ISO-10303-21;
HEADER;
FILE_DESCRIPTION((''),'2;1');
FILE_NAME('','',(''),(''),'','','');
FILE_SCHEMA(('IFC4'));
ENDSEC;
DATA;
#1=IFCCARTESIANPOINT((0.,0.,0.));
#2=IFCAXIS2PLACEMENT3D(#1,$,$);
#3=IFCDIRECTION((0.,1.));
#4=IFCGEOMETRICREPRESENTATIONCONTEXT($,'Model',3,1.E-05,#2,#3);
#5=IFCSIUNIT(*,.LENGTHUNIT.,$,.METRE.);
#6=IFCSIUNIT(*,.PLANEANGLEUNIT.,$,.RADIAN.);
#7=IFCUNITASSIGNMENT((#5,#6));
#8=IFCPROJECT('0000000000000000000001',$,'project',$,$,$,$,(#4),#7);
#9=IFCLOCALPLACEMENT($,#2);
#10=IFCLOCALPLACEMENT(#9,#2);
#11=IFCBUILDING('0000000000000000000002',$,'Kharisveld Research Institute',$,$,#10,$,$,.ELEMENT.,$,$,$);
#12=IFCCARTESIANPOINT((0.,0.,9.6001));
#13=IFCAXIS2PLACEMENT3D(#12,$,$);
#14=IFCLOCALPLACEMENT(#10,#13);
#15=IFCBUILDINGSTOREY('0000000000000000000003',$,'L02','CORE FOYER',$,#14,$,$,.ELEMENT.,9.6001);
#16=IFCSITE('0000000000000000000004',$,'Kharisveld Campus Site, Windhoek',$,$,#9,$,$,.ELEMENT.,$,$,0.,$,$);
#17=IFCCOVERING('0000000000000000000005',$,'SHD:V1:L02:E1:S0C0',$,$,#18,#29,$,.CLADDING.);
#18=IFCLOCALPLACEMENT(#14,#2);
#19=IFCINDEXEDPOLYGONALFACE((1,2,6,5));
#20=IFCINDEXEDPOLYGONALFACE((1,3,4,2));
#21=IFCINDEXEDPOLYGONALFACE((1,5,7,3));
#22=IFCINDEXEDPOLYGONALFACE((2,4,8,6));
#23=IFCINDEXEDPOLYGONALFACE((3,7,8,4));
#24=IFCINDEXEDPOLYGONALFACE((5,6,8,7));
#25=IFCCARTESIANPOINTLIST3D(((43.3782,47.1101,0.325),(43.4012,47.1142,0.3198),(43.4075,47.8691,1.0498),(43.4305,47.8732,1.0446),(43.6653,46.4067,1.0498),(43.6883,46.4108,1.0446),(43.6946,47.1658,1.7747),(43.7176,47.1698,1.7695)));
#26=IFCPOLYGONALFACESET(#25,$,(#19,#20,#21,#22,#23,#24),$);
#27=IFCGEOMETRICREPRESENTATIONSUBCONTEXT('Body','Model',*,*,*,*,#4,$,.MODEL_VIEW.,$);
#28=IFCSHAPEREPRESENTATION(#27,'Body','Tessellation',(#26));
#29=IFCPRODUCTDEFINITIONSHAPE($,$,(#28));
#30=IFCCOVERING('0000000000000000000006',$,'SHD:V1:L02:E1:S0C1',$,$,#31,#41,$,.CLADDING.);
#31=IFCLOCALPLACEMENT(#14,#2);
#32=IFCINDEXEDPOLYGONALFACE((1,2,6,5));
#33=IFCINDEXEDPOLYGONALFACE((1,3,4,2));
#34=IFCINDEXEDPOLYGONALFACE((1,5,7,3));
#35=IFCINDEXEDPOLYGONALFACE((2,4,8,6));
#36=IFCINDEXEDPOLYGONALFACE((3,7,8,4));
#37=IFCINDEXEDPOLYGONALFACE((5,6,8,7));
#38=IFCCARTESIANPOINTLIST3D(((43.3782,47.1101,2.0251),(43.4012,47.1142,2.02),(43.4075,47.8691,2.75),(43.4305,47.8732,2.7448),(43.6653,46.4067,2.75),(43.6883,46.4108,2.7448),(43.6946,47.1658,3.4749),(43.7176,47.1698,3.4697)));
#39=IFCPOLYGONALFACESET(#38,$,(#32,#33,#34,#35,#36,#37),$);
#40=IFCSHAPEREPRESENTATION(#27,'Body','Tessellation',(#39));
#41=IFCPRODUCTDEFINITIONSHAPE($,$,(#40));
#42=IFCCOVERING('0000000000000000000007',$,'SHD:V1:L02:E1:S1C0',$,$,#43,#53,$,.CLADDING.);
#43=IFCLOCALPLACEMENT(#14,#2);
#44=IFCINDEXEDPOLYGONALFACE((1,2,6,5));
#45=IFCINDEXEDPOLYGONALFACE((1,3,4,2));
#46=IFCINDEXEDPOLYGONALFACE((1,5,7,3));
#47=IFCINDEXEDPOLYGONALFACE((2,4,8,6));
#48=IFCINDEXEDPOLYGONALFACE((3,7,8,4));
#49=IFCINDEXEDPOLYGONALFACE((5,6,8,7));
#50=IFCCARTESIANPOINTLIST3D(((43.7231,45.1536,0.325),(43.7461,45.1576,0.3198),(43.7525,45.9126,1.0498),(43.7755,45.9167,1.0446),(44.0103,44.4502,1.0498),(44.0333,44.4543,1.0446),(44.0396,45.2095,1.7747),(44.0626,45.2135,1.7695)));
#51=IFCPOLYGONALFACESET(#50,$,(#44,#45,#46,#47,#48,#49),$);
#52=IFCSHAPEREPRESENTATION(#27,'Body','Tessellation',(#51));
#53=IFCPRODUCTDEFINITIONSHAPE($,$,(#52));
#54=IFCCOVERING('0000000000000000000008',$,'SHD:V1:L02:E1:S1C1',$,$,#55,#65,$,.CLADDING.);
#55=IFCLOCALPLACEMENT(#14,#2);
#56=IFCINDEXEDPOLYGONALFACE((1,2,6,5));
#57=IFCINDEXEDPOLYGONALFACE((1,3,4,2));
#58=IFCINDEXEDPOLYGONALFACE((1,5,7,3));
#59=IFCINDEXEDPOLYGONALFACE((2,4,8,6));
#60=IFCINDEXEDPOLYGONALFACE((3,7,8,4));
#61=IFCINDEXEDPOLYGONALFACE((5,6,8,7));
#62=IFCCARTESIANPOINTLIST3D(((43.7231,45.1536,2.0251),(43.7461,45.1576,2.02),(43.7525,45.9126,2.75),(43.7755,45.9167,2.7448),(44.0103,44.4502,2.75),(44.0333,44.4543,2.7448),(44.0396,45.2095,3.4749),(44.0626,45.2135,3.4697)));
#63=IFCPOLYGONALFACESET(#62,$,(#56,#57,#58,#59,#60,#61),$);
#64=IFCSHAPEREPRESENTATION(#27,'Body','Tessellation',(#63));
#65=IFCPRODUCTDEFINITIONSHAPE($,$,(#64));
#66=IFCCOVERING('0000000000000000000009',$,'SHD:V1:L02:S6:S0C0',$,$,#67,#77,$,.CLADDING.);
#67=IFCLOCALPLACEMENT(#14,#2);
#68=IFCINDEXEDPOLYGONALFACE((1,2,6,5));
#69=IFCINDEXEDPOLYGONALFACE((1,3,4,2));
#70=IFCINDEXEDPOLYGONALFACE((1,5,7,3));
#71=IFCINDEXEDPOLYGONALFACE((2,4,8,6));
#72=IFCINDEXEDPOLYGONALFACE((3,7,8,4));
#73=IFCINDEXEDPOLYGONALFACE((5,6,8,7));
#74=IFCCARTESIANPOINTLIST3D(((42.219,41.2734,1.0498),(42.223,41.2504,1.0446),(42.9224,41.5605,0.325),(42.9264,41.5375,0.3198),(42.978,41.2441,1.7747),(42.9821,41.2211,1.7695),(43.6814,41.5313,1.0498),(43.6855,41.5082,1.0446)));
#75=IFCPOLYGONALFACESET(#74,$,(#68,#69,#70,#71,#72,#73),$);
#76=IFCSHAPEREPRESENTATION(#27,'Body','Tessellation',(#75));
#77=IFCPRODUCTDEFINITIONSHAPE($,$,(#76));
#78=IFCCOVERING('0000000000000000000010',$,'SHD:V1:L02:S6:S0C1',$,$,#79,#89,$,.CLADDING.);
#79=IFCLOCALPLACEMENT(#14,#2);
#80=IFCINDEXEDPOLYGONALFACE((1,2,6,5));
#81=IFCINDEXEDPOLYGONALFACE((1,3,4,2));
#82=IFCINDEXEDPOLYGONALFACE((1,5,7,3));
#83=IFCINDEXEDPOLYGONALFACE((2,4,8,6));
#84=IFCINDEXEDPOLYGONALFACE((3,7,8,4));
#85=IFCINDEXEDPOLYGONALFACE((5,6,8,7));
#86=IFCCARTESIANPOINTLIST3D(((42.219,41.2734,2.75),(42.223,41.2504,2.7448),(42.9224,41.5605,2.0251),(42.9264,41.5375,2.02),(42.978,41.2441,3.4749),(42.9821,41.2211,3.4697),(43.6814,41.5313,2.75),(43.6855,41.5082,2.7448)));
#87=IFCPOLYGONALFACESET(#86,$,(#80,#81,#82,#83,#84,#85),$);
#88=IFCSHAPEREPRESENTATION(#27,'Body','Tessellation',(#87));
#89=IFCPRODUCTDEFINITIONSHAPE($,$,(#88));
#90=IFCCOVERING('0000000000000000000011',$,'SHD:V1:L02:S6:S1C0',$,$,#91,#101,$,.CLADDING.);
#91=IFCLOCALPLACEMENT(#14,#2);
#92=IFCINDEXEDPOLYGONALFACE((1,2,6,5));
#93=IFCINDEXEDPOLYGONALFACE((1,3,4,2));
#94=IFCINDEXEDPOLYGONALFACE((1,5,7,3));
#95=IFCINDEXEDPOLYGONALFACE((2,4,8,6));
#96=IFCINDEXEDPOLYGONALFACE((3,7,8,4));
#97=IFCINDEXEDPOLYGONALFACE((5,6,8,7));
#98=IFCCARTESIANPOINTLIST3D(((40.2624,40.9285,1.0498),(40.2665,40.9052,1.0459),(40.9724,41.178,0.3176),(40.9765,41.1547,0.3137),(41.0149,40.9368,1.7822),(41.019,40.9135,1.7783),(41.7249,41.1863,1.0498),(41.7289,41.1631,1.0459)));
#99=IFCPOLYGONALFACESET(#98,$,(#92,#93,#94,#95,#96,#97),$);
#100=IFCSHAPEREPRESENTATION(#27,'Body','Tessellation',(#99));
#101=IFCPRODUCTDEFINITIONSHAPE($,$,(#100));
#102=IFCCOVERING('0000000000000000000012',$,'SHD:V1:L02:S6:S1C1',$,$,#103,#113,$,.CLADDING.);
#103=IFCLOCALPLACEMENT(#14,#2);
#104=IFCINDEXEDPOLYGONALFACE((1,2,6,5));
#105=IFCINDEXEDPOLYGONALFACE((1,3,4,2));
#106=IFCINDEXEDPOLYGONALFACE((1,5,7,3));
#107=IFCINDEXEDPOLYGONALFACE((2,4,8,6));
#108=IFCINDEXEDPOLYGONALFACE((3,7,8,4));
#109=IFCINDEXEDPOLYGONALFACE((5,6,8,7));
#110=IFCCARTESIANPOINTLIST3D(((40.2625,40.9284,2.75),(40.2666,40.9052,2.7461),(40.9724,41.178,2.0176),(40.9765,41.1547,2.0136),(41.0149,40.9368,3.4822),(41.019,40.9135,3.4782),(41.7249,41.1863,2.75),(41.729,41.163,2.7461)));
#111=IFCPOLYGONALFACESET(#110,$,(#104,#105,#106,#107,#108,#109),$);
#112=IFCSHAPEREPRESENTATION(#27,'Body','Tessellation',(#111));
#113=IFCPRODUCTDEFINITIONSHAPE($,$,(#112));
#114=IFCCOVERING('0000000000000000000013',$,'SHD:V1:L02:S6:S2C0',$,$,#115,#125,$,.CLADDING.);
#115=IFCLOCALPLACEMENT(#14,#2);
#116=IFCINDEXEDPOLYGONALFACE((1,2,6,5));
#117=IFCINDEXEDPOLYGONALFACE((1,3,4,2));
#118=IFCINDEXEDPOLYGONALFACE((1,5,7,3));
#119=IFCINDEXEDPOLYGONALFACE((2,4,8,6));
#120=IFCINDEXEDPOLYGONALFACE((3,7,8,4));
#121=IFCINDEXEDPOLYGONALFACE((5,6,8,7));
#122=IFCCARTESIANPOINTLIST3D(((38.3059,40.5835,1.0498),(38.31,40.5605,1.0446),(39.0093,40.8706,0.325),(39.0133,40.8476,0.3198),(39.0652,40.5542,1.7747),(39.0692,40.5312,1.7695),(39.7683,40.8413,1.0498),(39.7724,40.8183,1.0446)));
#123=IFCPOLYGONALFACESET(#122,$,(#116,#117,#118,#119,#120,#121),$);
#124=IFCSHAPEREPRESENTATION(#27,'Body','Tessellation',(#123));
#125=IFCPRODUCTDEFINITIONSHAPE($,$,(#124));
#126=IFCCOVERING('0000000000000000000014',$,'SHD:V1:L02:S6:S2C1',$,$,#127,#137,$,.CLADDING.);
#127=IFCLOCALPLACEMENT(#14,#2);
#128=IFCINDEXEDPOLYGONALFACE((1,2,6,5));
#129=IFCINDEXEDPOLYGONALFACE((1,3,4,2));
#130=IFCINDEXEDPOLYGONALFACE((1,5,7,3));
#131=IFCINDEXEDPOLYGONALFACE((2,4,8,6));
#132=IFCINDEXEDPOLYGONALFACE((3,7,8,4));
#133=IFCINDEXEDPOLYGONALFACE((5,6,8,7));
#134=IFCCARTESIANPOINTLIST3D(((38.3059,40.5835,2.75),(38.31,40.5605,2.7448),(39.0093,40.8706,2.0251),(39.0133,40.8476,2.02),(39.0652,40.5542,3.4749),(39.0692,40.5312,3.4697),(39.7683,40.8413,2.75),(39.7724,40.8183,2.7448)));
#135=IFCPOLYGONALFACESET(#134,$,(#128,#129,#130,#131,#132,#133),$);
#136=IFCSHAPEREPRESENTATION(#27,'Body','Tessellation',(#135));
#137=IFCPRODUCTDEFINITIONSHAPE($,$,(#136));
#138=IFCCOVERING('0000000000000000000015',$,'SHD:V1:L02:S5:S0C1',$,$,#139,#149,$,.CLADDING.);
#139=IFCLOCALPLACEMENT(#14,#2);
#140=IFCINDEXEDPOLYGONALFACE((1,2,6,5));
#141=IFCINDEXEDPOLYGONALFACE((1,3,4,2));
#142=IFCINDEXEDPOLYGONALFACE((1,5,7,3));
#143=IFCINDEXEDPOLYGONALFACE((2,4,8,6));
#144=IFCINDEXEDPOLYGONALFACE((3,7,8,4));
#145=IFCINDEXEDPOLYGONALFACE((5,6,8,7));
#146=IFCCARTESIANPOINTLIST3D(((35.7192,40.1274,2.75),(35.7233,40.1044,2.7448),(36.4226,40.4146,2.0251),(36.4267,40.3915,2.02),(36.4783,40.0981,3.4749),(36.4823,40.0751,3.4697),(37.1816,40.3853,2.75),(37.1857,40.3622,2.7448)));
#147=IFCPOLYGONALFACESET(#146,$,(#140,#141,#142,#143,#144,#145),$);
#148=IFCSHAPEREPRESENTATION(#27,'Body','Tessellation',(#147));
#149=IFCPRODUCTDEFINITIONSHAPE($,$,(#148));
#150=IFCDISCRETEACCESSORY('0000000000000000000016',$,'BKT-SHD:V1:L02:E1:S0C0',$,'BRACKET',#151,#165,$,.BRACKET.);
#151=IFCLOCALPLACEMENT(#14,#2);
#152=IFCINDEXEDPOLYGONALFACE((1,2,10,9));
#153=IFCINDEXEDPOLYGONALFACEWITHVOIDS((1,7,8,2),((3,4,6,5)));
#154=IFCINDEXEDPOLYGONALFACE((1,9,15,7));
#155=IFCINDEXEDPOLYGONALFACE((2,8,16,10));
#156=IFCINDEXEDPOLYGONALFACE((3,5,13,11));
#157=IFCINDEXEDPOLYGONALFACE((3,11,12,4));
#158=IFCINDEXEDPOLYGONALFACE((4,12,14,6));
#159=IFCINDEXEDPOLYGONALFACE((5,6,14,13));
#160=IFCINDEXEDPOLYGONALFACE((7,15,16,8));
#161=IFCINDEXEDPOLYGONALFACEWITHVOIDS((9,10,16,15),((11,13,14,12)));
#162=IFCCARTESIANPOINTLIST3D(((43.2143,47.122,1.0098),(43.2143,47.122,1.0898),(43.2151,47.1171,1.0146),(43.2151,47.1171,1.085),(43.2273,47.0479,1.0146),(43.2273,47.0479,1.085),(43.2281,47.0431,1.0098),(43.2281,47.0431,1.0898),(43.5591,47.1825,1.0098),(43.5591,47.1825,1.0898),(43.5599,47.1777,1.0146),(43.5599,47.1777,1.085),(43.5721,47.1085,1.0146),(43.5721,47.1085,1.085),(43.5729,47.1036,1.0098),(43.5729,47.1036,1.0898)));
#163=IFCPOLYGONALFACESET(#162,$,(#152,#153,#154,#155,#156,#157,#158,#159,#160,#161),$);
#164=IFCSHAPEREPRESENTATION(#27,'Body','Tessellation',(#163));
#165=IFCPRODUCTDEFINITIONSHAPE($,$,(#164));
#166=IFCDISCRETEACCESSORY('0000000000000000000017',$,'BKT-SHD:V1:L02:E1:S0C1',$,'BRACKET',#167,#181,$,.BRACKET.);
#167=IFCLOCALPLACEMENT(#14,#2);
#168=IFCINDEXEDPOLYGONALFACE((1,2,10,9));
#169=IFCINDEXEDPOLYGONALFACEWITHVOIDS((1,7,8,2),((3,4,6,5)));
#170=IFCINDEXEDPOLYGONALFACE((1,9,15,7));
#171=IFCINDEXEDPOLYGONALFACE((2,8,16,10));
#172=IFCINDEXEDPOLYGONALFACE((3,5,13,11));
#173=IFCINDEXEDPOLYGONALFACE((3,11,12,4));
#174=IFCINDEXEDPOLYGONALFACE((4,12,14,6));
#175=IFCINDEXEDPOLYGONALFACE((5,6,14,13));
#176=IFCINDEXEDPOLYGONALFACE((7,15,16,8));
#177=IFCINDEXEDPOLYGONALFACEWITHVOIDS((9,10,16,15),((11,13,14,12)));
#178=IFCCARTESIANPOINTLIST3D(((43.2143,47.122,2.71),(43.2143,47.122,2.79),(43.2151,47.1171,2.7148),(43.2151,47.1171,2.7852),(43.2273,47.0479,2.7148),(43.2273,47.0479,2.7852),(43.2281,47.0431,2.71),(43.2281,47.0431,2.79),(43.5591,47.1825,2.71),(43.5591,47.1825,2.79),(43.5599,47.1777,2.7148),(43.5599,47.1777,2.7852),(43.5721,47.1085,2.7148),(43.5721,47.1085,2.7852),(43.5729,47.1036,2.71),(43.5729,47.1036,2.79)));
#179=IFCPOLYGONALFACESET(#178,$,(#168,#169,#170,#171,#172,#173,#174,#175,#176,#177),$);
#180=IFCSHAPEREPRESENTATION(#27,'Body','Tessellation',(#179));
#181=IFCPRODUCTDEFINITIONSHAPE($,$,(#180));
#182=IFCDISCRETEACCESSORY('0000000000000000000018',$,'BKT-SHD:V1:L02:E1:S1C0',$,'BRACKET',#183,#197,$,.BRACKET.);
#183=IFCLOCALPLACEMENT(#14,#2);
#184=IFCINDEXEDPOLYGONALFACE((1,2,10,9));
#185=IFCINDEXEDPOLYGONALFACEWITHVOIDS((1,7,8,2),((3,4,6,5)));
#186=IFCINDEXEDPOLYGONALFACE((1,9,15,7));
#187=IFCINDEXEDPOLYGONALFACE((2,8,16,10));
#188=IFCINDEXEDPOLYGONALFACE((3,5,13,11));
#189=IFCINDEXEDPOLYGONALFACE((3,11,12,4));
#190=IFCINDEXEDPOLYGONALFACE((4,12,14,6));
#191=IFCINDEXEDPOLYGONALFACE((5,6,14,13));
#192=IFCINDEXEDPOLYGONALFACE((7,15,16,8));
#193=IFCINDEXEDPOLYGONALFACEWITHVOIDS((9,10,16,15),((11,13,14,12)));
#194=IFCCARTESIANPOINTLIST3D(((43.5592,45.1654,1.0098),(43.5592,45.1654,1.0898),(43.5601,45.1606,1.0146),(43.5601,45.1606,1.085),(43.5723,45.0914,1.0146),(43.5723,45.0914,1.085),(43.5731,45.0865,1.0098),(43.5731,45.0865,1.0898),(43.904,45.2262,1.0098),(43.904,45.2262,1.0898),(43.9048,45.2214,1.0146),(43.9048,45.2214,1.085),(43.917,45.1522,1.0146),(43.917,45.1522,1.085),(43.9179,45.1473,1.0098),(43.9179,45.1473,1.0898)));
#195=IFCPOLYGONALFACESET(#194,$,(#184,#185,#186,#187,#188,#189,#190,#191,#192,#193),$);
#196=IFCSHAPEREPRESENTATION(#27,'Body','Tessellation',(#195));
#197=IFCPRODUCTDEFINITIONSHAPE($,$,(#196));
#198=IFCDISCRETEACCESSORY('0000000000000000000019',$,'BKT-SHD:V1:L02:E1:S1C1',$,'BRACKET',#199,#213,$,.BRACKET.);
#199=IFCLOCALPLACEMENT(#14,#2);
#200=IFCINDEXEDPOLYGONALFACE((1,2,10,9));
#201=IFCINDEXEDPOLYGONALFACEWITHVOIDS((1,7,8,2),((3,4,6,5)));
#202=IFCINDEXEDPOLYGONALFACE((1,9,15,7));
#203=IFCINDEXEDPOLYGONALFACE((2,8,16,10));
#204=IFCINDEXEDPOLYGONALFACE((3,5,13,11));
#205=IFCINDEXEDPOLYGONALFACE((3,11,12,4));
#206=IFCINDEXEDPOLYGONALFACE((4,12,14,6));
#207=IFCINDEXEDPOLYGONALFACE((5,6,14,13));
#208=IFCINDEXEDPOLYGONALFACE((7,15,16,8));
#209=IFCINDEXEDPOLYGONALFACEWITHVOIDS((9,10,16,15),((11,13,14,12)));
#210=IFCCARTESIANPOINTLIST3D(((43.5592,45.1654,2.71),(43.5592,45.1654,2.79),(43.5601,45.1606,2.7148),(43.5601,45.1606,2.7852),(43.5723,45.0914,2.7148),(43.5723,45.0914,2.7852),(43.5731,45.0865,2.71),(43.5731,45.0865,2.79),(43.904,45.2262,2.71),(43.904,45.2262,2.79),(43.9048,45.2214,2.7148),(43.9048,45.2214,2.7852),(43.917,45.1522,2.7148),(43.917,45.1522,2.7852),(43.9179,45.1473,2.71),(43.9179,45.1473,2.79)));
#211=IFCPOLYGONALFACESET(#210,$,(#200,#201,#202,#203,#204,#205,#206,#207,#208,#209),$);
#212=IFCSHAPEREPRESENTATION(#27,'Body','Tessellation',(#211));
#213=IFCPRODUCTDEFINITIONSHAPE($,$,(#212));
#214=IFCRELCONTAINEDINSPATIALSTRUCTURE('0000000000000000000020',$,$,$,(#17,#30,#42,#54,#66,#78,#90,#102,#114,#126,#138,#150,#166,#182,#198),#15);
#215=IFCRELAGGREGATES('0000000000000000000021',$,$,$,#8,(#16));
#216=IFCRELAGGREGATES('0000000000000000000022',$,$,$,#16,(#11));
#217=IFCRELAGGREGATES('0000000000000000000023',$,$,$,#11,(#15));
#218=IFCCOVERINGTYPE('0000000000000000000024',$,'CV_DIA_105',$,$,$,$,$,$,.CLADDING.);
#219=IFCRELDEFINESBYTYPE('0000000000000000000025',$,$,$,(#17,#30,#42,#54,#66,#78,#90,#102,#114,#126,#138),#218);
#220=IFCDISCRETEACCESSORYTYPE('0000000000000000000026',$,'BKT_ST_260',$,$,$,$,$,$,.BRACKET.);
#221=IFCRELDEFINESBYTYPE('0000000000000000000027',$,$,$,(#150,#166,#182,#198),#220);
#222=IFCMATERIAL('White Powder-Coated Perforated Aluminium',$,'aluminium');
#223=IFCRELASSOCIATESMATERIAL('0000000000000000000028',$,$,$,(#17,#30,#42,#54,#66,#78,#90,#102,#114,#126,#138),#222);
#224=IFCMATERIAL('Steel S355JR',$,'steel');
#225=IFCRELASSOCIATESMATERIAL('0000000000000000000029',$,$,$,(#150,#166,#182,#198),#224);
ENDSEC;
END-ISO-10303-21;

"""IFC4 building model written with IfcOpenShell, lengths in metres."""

from ifc_helpers import new_model, si_unit, direction, frame, origin, origin_2d, place, context, subcontext, project, spatial, polyline, hollow_rectangle, outline, extrude, material, type_object, element, save


model = new_model("IFC4")

# Units and contexts
model_context = context("Model", 3, precision=1e-05, world=origin(), true_north=direction((0.0, 1.0)))
body_context = subcontext(model_context, "Body", "Model", "MODEL_VIEW")
ifc_project = project(units=[si_unit("LENGTHUNIT", "METRE"), si_unit("PLANEANGLEUNIT", "RADIAN")], contexts=[model_context])

# Site, building, storey
site_placement = place(None, origin())
site = spatial("IfcSite", under=ifc_project, at=site_placement, Name="Kharisveld Campus Site, Windhoek", CompositionType="ELEMENT", RefElevation=0.0)
building_placement = place(site_placement, origin())
building = spatial("IfcBuilding", under=site, at=building_placement, Name="Kharisveld Research Institute", CompositionType="ELEMENT")
storey_placement = place(building_placement, frame((0.0, 0.0, 9.6001)))
storey = spatial("IfcBuildingStorey", under=building, at=storey_placement, Name="L02", Description="CORE FOYER", CompositionType="ELEMENT", Elevation=9.6001)

# Coverings
ifc_material_1 = material(Name="White Powder-Coated Perforated Aluminium", Category="aluminium")
covering_type = type_object("IfcCoveringType", Name="CV_DIA_105", PredefinedType="CLADDING")
for number, where, z_axis, x_axis, name in (
    (1, (43.3782, 47.1101, 0.325), (-0.961487, -0.169504, 0.216358), (0.273429, -0.669853, 0.690314), "SHD:V1:L02:E1:S0C0"),
    (2, (43.3782, 47.1101, 2.0251), (-0.961487, -0.169504, 0.216358), (0.273429, -0.669853, 0.690314), "SHD:V1:L02:E1:S0C1"),
):
    element("IfcCovering", number, at=place(storey_placement, frame(where, z_axis=z_axis, x_axis=x_axis)), inside=storey, type_object=covering_type, material=ifc_material_1, Name=name, PredefinedType="CLADDING", context=body_context, shape_type="SweptSolid", body=[
        extrude(outline(polyline([(0.0, 0.0), (1.05, 0.0), (1.05, 1.05), (-0.0001, 1.05), (0.0, 0.0)])), origin(), (0.0, 0.0, -1.0), 0.0239),
    ])
for number, where, z_axis, x_axis, name in (
    (3, (43.7231, 45.1536, 0.325), (-0.961481, -0.169503, 0.216385), (0.273447, -0.66985, 0.69031), "SHD:V1:L02:E1:S1C0"),
    (4, (43.7231, 45.1536, 2.0251), (-0.961481, -0.169503, 0.216385), (0.273447, -0.66985, 0.69031), "SHD:V1:L02:E1:S1C1"),
):
    element("IfcCovering", number, at=place(storey_placement, frame(where, z_axis=z_axis, x_axis=x_axis)), inside=storey, type_object=covering_type, material=ifc_material_1, Name=name, PredefinedType="CLADDING", context=body_context, shape_type="SweptSolid", body=[
        extrude(outline(polyline([(0.0, 0.0), (1.05, 0.0), (1.0498, 1.0501), (-0.0001, 1.05), (0.0, 0.0)])), origin(), (0.0, 0.0, -1.0), 0.0239),
    ])
for number, where, z_axis, x_axis, name in (
    (5, (42.9224, 41.5605, 0.325), (-0.169504, 0.961487, 0.216358), (-0.669853, -0.273429, 0.690314), "SHD:V1:L02:S6:S0C0"),
    (6, (42.9224, 41.5605, 2.0251), (-0.169504, 0.961487, 0.216358), (-0.669853, -0.273429, 0.690314), "SHD:V1:L02:S6:S0C1"),
):
    element("IfcCovering", number, at=place(storey_placement, frame(where, z_axis=z_axis, x_axis=x_axis)), inside=storey, type_object=covering_type, material=ifc_material_1, Name=name, PredefinedType="CLADDING", context=body_context, shape_type="SweptSolid", body=[
        extrude(outline(polyline([(0.0, 0.0), (1.05, 0.0), (1.05, 1.05), (-0.0001, 1.05), (0.0, 0.0)])), origin(), (0.0, 0.0, -1.0), 0.0239),
    ])
covering_1_placement = place(storey_placement, frame((40.9724, 41.178, 0.3176), z_axis=(-0.171239, 0.971325, 0.164938), x_axis=(-0.676192, -0.237624, 0.697352)))
element("IfcCovering", 7, at=covering_1_placement, inside=storey, type_object=covering_type, material=ifc_material_1, Name="SHD:V1:L02:S6:S1C0", PredefinedType="CLADDING", context=body_context, shape_type="SweptSolid", body=[
    extrude(outline(polyline([(0.0, 0.0), (1.0499, 0.0), (1.0499, 1.0501), (-0.0002, 1.0499), (0.0, 0.0)])), origin(), (0.0, 0.0, -1.0), 0.0239),
])
covering_2_placement = place(storey_placement, frame((40.9724, 41.178, 2.0176), z_axis=(-0.171239, 0.971325, 0.164938), x_axis=(-0.676076, -0.237623, 0.697465)))
element("IfcCovering", 8, at=covering_2_placement, inside=storey, type_object=covering_type, material=ifc_material_1, Name="SHD:V1:L02:S6:S1C1", PredefinedType="CLADDING", context=body_context, shape_type="SweptSolid", body=[
    extrude(outline(polyline([(0.0, 0.0), (1.0501, 0.0), (1.0501, 1.0499), (0.0002, 1.0501), (0.0, 0.0)])), origin(), (0.0, 0.0, -1.0), 0.0239),
])
for number, where, z_axis, x_axis, name in (
    (9, (39.0093, 40.8706, 0.325), (-0.169503, 0.961481, 0.216385), (-0.66985, -0.273447, 0.69031), "SHD:V1:L02:S6:S2C0"),
    (10, (39.0093, 40.8706, 2.0251), (-0.169503, 0.961481, 0.216385), (-0.66985, -0.273447, 0.69031), "SHD:V1:L02:S6:S2C1"),
):
    element("IfcCovering", number, at=place(storey_placement, frame(where, z_axis=z_axis, x_axis=x_axis)), inside=storey, type_object=covering_type, material=ifc_material_1, Name=name, PredefinedType="CLADDING", context=body_context, shape_type="SweptSolid", body=[
        extrude(outline(polyline([(0.0, 0.0), (1.05, 0.0), (1.0498, 1.0501), (-0.0001, 1.05), (0.0, 0.0)])), origin(), (0.0, 0.0, -1.0), 0.0239),
    ])
covering_3_placement = place(storey_placement, frame((36.4226, 40.4146, 2.0251), z_axis=(-0.169504, 0.961487, 0.216358), x_axis=(-0.669853, -0.273429, 0.690314)))
element("IfcCovering", 11, at=covering_3_placement, inside=storey, type_object=covering_type, material=ifc_material_1, Name="SHD:V1:L02:S5:S0C1", PredefinedType="CLADDING", context=body_context, shape_type="SweptSolid", body=[
    extrude(outline(polyline([(0.0, 0.0), (1.05, 0.0), (1.05, 1.05), (-0.0001, 1.05), (0.0, 0.0)])), origin(), (0.0, 0.0, -1.0), 0.0239),
])

# Discrete accessories
ifc_material_2 = material(Name="Steel S355JR", Category="steel")
discrete_accessory_type = type_object("IfcDiscreteAccessoryType", Name="BKT_ST_260", PredefinedType="BRACKET")
for number, where, z_axis, x_axis, name in (
    (12, (43.2212, 47.0825, 1.0498), (0.984924, 0.172989, 0.0), (-0.172989, 0.984924, 0.0), "BKT-SHD:V1:L02:E1:S0C0"),
    (13, (43.2212, 47.0825, 2.75), (0.984924, 0.172989, 0.0), (-0.172989, 0.984924, 0.0), "BKT-SHD:V1:L02:E1:S0C1"),
    (14, (43.5662, 45.126, 1.0498), (0.984805, 0.173666, 0.0), (-0.173666, 0.984805, 0.0), "BKT-SHD:V1:L02:E1:S1C0"),
    (15, (43.5662, 45.126, 2.75), (0.984805, 0.173666, 0.0), (-0.173666, 0.984805, 0.0), "BKT-SHD:V1:L02:E1:S1C1"),
):
    element("IfcDiscreteAccessory", number, at=place(storey_placement, frame(where, z_axis=z_axis, x_axis=x_axis)), inside=storey, type_object=discrete_accessory_type, material=ifc_material_2, Name=name, ObjectType="BRACKET", PredefinedType="BRACKET", context=body_context, shape_type="SweptSolid", body=[
        extrude(hollow_rectangle(XDim=0.0801, YDim=0.0801, WallThickness=0.0049, at=origin_2d()), origin(), (0.0, 0.0, 1.0), 0.3501),
    ])

save(model, "model.ifc")
